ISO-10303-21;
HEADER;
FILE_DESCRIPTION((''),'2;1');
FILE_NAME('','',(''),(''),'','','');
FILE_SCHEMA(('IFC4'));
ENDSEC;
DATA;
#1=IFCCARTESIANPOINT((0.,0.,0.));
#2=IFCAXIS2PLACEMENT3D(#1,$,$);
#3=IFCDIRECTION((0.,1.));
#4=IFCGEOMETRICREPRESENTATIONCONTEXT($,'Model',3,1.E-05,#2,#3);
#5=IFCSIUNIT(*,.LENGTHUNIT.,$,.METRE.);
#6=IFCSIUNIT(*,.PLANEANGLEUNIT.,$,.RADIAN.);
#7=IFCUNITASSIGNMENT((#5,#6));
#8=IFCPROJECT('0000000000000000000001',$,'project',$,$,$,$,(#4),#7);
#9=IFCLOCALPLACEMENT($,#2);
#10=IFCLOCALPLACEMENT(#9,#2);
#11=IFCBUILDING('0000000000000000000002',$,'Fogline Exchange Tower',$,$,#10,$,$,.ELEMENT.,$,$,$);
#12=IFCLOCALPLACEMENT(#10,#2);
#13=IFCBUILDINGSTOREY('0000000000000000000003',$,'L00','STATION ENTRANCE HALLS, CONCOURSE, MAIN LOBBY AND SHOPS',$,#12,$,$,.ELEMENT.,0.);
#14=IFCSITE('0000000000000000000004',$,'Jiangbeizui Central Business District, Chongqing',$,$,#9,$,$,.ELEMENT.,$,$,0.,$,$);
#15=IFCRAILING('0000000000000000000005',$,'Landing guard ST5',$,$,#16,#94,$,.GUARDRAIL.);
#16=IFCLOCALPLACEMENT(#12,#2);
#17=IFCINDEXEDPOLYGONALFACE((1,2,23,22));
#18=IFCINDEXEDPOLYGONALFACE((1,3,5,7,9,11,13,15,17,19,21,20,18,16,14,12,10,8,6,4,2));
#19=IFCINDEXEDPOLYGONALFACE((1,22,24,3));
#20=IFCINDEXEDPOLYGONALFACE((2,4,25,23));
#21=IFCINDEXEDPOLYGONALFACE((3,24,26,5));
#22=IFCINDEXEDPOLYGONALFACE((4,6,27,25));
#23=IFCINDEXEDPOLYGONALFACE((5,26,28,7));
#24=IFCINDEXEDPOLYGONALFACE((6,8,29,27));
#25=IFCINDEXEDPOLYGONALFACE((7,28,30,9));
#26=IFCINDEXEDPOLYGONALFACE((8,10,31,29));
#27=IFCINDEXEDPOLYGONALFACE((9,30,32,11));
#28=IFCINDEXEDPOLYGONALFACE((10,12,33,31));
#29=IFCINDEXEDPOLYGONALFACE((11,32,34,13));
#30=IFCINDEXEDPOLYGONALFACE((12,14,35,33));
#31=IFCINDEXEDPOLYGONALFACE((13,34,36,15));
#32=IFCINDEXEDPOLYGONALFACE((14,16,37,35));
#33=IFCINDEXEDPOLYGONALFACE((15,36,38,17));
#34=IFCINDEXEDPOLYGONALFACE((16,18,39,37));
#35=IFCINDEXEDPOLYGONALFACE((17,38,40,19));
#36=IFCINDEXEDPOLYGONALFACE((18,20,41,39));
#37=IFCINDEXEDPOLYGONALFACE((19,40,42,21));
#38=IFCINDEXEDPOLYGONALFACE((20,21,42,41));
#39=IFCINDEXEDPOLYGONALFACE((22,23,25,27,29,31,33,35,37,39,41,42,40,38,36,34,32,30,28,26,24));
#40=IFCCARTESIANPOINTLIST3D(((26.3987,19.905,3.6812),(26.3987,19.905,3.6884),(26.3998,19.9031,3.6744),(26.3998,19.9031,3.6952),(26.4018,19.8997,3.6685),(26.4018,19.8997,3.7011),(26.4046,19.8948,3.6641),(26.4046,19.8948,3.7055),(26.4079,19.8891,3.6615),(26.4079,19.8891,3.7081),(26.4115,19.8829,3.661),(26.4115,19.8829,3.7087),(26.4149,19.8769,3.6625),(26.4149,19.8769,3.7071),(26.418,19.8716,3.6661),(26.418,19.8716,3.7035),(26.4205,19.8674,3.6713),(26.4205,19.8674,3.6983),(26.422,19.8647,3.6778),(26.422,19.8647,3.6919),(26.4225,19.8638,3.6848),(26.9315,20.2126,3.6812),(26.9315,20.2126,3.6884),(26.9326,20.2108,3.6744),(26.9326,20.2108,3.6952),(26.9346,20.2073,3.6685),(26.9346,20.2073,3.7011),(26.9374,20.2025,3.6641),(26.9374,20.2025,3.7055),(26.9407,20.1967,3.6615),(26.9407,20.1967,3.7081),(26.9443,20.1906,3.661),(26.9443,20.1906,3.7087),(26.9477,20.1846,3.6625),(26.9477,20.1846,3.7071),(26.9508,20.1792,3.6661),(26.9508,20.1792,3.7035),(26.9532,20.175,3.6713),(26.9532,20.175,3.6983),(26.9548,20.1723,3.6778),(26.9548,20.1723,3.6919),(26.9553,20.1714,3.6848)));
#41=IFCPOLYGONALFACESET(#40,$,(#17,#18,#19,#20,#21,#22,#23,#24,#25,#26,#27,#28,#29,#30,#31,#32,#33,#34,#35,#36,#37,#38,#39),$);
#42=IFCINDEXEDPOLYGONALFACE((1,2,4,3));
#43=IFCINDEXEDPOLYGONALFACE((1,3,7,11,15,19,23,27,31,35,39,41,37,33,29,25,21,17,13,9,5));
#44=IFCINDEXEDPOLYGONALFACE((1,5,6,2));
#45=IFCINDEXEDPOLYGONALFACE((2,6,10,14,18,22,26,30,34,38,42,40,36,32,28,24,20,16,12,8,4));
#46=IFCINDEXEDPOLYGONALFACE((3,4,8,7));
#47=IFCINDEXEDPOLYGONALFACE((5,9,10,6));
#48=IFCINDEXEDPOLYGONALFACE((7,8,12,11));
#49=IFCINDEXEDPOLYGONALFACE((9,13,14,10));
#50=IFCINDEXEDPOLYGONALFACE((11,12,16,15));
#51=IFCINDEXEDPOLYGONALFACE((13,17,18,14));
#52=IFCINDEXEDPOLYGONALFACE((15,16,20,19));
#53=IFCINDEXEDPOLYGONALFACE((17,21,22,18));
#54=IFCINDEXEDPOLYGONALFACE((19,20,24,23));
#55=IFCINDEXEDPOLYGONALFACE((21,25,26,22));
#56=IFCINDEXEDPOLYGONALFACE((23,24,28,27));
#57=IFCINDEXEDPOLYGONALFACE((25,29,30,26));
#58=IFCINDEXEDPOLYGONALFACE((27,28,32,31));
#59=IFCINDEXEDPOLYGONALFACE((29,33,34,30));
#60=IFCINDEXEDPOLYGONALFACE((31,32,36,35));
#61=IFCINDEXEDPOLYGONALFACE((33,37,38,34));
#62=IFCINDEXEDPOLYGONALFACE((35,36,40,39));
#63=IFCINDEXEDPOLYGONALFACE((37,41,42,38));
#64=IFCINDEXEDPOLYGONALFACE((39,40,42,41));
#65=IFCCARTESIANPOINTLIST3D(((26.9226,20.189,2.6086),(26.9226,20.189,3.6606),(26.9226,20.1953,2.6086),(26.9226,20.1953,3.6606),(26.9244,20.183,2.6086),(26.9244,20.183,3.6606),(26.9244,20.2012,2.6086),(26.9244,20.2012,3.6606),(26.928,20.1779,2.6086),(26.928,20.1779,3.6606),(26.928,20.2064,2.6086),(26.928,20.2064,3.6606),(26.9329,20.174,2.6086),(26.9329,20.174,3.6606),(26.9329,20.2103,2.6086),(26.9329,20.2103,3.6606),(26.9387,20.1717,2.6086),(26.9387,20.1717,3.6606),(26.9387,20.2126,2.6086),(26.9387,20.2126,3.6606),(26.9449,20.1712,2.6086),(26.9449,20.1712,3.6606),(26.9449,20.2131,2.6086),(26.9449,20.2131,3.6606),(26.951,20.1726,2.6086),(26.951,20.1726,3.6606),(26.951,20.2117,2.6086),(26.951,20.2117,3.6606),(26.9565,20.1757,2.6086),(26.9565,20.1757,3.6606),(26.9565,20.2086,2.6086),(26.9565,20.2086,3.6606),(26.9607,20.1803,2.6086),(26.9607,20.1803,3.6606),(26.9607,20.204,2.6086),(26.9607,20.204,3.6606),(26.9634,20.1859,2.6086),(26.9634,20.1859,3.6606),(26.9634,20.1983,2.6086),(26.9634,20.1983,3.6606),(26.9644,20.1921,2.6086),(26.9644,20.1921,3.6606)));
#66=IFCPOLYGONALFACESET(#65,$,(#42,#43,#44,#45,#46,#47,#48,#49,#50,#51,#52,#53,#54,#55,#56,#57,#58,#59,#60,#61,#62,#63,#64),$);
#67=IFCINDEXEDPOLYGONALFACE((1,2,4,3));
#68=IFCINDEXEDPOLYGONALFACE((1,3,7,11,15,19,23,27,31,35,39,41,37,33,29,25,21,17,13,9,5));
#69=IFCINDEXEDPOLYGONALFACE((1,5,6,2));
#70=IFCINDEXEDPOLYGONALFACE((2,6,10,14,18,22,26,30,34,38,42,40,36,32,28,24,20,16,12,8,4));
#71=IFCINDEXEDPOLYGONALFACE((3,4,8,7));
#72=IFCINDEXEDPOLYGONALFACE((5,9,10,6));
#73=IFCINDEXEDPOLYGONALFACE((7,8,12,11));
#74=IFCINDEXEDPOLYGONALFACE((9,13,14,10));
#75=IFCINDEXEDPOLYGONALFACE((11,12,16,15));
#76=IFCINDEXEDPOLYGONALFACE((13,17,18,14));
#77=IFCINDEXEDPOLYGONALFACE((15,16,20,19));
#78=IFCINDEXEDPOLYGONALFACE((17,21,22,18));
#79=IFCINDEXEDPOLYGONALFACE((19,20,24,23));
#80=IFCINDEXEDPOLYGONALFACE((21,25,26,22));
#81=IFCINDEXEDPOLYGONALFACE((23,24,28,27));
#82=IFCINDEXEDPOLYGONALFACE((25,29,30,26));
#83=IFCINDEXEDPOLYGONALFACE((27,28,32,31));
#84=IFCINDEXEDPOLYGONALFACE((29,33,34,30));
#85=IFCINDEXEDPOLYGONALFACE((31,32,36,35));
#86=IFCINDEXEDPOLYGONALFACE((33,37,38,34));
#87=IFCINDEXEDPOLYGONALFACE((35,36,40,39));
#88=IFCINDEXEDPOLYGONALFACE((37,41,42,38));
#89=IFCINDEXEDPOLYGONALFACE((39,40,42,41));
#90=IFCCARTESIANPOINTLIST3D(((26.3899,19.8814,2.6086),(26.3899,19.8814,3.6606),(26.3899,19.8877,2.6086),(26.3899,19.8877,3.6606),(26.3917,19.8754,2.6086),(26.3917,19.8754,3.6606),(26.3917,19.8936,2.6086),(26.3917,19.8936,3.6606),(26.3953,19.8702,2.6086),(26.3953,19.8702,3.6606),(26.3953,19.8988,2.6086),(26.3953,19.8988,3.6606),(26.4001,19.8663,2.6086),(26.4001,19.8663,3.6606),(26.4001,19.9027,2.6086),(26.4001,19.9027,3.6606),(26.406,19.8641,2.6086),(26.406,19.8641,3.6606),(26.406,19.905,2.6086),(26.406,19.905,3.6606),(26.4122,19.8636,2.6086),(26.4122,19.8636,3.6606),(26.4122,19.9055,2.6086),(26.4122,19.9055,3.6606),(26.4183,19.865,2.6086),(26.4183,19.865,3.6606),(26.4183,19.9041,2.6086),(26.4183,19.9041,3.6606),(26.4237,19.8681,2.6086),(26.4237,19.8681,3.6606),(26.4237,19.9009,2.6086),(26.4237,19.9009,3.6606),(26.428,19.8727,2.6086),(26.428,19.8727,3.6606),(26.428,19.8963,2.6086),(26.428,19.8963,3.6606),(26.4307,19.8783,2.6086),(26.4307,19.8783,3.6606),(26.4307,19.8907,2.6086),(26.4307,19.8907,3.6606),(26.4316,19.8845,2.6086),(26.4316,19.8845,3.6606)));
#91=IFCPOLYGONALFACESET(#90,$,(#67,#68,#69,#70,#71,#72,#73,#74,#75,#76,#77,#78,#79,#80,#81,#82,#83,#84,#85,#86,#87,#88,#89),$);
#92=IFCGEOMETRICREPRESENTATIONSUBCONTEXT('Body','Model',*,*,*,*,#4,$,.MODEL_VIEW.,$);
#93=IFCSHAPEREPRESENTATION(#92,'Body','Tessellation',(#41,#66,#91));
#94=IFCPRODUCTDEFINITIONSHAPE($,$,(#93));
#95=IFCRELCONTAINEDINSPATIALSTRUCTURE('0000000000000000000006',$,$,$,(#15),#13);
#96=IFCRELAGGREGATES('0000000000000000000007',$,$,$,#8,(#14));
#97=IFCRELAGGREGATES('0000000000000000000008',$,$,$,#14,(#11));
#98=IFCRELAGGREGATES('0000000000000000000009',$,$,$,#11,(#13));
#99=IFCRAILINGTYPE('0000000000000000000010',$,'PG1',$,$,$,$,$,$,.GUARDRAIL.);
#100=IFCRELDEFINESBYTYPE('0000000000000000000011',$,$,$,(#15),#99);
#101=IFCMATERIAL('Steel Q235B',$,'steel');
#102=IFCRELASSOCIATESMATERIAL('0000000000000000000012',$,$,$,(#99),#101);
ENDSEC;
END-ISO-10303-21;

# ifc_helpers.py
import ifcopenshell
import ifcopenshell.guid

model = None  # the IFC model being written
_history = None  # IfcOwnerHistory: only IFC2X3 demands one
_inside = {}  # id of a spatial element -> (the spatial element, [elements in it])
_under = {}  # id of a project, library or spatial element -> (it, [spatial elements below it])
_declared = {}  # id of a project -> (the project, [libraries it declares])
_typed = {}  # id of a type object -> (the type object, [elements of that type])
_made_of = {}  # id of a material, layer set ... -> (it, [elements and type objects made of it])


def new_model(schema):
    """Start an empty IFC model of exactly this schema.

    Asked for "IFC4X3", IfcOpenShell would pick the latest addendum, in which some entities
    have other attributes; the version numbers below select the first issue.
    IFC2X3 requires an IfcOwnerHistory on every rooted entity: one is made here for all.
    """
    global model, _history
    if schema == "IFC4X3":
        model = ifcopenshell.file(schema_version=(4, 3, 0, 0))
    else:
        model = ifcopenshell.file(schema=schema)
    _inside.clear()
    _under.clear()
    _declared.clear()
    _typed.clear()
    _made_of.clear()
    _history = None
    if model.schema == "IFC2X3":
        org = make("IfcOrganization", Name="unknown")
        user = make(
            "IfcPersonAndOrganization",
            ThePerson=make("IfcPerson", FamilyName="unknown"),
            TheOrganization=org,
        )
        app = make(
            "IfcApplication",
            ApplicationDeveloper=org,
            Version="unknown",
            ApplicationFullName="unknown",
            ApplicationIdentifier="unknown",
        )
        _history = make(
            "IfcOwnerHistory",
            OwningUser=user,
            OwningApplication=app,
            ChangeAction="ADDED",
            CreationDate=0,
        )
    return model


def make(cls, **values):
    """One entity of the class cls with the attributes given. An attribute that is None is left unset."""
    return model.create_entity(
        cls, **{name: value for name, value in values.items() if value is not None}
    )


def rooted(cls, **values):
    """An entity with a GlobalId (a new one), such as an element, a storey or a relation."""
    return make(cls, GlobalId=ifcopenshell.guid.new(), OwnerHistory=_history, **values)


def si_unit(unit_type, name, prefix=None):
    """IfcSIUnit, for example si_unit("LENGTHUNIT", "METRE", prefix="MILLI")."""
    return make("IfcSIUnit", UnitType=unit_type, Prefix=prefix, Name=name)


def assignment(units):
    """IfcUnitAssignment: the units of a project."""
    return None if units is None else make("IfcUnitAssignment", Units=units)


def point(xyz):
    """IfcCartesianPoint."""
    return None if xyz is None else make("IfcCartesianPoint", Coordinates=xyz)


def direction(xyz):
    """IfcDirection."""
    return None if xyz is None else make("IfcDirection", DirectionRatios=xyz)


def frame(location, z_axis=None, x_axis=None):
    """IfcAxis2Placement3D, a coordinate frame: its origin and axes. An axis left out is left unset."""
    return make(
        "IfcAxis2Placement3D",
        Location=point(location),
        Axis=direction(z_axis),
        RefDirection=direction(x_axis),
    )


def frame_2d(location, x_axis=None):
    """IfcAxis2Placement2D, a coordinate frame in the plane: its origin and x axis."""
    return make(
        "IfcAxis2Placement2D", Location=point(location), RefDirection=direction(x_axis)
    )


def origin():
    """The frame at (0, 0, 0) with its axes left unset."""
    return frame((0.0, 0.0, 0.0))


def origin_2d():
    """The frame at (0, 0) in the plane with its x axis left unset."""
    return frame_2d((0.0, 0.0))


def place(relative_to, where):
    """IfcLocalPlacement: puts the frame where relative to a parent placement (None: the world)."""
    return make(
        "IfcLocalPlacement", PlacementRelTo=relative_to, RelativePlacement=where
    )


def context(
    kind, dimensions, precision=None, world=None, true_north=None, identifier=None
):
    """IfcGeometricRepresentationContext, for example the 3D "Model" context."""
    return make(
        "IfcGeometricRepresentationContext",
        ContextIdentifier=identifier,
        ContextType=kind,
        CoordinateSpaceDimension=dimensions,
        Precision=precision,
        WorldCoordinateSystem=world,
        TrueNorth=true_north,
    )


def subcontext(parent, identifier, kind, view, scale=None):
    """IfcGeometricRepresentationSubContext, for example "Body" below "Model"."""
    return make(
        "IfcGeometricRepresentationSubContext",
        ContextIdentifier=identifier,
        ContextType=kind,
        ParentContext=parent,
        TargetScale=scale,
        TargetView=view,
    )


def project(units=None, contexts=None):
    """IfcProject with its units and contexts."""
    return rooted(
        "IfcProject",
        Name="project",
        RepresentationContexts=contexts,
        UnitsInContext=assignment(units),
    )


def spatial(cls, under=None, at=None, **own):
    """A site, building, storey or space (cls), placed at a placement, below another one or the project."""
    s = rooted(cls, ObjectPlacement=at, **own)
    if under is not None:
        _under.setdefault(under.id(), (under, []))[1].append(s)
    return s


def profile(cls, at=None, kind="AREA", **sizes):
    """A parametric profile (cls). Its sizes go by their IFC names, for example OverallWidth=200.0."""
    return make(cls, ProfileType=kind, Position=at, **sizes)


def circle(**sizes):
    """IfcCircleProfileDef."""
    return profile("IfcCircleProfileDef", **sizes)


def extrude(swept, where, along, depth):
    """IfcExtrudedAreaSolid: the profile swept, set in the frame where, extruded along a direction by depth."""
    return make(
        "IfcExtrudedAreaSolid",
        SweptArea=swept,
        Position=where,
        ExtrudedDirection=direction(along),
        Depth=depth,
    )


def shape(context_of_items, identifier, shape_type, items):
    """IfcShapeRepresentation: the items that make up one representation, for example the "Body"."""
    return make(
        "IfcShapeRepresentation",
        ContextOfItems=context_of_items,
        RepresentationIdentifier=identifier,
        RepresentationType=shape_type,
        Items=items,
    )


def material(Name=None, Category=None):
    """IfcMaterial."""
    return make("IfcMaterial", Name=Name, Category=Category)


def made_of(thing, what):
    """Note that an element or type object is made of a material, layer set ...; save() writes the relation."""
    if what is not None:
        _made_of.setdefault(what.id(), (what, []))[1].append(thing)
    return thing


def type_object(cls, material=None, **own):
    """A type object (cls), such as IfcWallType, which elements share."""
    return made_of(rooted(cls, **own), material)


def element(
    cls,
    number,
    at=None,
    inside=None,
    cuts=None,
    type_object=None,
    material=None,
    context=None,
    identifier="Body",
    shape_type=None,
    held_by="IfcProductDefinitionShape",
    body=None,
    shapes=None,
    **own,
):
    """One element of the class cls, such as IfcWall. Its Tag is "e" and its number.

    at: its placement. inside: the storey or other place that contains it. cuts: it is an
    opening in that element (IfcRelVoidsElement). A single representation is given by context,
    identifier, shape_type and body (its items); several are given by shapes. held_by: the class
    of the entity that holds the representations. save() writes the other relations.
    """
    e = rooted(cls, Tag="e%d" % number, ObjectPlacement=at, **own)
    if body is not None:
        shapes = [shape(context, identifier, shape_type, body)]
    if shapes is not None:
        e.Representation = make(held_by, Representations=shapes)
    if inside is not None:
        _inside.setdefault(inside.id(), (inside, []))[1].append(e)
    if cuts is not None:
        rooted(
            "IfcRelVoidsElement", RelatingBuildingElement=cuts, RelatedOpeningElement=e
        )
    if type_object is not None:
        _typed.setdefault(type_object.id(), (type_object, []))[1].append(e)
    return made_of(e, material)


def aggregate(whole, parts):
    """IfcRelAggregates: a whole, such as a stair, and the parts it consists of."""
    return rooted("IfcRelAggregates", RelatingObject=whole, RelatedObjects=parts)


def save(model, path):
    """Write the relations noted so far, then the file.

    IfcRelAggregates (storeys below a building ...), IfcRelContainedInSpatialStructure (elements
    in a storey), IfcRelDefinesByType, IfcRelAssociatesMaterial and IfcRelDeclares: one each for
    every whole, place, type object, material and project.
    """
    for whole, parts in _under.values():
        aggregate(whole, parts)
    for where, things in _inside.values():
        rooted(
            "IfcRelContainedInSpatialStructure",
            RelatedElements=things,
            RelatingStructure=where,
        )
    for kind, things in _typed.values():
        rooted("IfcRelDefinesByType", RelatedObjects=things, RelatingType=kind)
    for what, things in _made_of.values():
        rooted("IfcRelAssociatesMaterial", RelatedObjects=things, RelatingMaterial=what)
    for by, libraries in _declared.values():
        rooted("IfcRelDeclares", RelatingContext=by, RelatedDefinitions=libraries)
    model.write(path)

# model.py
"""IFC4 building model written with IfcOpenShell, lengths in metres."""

from ifc_helpers import new_model, si_unit, direction, frame, origin, origin_2d, place, context, subcontext, project, spatial, circle, extrude, material, type_object, element, save


model = new_model("IFC4")

# Units and contexts
model_context = context("Model", 3, precision=1e-05, world=origin(), true_north=direction((0.0, 1.0)))
body_context = subcontext(model_context, "Body", "Model", "MODEL_VIEW")
ifc_project = project(units=[si_unit("LENGTHUNIT", "METRE"), si_unit("PLANEANGLEUNIT", "RADIAN")], contexts=[model_context])

# Site, building, storey
site_placement = place(None, origin())
site = spatial("IfcSite", under=ifc_project, at=site_placement, Name="Jiangbeizui Central Business District, Chongqing", CompositionType="ELEMENT", RefElevation=0.0)
building_placement = place(site_placement, origin())
building = spatial("IfcBuilding", under=site, at=building_placement, Name="Fogline Exchange Tower", CompositionType="ELEMENT")
storey_placement = place(building_placement, origin())
storey = spatial("IfcBuildingStorey", under=building, at=storey_placement, Name="L00", Description="STATION ENTRANCE HALLS, CONCOURSE, MAIN LOBBY AND SHOPS", CompositionType="ELEMENT", Elevation=0.0)

# Shared definitions
ifc_material_1 = material(Name="Steel Q235B", Category="steel")

# Railing
railing_type_1 = type_object("IfcRailingType", Name="PG1", PredefinedType="GUARDRAIL", material=ifc_material_1)
railing_placement = place(storey_placement, frame((26.9434, 20.1921, 2.6086)))
element("IfcRailing", 1, at=railing_placement, inside=storey, type_object=railing_type_1, Name="Landing guard ST5", PredefinedType="GUARDRAIL", context=body_context, shape_type="SweptSolid", body=[
    extrude(circle(Radius=0.0239, at=origin_2d()), frame((0.0, 0.0, 1.0762), z_axis=(-0.865987, -0.500066, 0.0), x_axis=(0.500066, -0.865987, 0.0)), (0.0, 0.0, 1.0), 0.6152),
    extrude(circle(Radius=0.021, at=origin_2d()), origin(), (0.0, 0.0, 1.0), 1.052),
    extrude(circle(Radius=0.021, at=origin_2d()), frame((-0.5327, -0.3076, 0.0)), (0.0, 0.0, 1.0), 1.052),
])

save(model, "model.ifc")
